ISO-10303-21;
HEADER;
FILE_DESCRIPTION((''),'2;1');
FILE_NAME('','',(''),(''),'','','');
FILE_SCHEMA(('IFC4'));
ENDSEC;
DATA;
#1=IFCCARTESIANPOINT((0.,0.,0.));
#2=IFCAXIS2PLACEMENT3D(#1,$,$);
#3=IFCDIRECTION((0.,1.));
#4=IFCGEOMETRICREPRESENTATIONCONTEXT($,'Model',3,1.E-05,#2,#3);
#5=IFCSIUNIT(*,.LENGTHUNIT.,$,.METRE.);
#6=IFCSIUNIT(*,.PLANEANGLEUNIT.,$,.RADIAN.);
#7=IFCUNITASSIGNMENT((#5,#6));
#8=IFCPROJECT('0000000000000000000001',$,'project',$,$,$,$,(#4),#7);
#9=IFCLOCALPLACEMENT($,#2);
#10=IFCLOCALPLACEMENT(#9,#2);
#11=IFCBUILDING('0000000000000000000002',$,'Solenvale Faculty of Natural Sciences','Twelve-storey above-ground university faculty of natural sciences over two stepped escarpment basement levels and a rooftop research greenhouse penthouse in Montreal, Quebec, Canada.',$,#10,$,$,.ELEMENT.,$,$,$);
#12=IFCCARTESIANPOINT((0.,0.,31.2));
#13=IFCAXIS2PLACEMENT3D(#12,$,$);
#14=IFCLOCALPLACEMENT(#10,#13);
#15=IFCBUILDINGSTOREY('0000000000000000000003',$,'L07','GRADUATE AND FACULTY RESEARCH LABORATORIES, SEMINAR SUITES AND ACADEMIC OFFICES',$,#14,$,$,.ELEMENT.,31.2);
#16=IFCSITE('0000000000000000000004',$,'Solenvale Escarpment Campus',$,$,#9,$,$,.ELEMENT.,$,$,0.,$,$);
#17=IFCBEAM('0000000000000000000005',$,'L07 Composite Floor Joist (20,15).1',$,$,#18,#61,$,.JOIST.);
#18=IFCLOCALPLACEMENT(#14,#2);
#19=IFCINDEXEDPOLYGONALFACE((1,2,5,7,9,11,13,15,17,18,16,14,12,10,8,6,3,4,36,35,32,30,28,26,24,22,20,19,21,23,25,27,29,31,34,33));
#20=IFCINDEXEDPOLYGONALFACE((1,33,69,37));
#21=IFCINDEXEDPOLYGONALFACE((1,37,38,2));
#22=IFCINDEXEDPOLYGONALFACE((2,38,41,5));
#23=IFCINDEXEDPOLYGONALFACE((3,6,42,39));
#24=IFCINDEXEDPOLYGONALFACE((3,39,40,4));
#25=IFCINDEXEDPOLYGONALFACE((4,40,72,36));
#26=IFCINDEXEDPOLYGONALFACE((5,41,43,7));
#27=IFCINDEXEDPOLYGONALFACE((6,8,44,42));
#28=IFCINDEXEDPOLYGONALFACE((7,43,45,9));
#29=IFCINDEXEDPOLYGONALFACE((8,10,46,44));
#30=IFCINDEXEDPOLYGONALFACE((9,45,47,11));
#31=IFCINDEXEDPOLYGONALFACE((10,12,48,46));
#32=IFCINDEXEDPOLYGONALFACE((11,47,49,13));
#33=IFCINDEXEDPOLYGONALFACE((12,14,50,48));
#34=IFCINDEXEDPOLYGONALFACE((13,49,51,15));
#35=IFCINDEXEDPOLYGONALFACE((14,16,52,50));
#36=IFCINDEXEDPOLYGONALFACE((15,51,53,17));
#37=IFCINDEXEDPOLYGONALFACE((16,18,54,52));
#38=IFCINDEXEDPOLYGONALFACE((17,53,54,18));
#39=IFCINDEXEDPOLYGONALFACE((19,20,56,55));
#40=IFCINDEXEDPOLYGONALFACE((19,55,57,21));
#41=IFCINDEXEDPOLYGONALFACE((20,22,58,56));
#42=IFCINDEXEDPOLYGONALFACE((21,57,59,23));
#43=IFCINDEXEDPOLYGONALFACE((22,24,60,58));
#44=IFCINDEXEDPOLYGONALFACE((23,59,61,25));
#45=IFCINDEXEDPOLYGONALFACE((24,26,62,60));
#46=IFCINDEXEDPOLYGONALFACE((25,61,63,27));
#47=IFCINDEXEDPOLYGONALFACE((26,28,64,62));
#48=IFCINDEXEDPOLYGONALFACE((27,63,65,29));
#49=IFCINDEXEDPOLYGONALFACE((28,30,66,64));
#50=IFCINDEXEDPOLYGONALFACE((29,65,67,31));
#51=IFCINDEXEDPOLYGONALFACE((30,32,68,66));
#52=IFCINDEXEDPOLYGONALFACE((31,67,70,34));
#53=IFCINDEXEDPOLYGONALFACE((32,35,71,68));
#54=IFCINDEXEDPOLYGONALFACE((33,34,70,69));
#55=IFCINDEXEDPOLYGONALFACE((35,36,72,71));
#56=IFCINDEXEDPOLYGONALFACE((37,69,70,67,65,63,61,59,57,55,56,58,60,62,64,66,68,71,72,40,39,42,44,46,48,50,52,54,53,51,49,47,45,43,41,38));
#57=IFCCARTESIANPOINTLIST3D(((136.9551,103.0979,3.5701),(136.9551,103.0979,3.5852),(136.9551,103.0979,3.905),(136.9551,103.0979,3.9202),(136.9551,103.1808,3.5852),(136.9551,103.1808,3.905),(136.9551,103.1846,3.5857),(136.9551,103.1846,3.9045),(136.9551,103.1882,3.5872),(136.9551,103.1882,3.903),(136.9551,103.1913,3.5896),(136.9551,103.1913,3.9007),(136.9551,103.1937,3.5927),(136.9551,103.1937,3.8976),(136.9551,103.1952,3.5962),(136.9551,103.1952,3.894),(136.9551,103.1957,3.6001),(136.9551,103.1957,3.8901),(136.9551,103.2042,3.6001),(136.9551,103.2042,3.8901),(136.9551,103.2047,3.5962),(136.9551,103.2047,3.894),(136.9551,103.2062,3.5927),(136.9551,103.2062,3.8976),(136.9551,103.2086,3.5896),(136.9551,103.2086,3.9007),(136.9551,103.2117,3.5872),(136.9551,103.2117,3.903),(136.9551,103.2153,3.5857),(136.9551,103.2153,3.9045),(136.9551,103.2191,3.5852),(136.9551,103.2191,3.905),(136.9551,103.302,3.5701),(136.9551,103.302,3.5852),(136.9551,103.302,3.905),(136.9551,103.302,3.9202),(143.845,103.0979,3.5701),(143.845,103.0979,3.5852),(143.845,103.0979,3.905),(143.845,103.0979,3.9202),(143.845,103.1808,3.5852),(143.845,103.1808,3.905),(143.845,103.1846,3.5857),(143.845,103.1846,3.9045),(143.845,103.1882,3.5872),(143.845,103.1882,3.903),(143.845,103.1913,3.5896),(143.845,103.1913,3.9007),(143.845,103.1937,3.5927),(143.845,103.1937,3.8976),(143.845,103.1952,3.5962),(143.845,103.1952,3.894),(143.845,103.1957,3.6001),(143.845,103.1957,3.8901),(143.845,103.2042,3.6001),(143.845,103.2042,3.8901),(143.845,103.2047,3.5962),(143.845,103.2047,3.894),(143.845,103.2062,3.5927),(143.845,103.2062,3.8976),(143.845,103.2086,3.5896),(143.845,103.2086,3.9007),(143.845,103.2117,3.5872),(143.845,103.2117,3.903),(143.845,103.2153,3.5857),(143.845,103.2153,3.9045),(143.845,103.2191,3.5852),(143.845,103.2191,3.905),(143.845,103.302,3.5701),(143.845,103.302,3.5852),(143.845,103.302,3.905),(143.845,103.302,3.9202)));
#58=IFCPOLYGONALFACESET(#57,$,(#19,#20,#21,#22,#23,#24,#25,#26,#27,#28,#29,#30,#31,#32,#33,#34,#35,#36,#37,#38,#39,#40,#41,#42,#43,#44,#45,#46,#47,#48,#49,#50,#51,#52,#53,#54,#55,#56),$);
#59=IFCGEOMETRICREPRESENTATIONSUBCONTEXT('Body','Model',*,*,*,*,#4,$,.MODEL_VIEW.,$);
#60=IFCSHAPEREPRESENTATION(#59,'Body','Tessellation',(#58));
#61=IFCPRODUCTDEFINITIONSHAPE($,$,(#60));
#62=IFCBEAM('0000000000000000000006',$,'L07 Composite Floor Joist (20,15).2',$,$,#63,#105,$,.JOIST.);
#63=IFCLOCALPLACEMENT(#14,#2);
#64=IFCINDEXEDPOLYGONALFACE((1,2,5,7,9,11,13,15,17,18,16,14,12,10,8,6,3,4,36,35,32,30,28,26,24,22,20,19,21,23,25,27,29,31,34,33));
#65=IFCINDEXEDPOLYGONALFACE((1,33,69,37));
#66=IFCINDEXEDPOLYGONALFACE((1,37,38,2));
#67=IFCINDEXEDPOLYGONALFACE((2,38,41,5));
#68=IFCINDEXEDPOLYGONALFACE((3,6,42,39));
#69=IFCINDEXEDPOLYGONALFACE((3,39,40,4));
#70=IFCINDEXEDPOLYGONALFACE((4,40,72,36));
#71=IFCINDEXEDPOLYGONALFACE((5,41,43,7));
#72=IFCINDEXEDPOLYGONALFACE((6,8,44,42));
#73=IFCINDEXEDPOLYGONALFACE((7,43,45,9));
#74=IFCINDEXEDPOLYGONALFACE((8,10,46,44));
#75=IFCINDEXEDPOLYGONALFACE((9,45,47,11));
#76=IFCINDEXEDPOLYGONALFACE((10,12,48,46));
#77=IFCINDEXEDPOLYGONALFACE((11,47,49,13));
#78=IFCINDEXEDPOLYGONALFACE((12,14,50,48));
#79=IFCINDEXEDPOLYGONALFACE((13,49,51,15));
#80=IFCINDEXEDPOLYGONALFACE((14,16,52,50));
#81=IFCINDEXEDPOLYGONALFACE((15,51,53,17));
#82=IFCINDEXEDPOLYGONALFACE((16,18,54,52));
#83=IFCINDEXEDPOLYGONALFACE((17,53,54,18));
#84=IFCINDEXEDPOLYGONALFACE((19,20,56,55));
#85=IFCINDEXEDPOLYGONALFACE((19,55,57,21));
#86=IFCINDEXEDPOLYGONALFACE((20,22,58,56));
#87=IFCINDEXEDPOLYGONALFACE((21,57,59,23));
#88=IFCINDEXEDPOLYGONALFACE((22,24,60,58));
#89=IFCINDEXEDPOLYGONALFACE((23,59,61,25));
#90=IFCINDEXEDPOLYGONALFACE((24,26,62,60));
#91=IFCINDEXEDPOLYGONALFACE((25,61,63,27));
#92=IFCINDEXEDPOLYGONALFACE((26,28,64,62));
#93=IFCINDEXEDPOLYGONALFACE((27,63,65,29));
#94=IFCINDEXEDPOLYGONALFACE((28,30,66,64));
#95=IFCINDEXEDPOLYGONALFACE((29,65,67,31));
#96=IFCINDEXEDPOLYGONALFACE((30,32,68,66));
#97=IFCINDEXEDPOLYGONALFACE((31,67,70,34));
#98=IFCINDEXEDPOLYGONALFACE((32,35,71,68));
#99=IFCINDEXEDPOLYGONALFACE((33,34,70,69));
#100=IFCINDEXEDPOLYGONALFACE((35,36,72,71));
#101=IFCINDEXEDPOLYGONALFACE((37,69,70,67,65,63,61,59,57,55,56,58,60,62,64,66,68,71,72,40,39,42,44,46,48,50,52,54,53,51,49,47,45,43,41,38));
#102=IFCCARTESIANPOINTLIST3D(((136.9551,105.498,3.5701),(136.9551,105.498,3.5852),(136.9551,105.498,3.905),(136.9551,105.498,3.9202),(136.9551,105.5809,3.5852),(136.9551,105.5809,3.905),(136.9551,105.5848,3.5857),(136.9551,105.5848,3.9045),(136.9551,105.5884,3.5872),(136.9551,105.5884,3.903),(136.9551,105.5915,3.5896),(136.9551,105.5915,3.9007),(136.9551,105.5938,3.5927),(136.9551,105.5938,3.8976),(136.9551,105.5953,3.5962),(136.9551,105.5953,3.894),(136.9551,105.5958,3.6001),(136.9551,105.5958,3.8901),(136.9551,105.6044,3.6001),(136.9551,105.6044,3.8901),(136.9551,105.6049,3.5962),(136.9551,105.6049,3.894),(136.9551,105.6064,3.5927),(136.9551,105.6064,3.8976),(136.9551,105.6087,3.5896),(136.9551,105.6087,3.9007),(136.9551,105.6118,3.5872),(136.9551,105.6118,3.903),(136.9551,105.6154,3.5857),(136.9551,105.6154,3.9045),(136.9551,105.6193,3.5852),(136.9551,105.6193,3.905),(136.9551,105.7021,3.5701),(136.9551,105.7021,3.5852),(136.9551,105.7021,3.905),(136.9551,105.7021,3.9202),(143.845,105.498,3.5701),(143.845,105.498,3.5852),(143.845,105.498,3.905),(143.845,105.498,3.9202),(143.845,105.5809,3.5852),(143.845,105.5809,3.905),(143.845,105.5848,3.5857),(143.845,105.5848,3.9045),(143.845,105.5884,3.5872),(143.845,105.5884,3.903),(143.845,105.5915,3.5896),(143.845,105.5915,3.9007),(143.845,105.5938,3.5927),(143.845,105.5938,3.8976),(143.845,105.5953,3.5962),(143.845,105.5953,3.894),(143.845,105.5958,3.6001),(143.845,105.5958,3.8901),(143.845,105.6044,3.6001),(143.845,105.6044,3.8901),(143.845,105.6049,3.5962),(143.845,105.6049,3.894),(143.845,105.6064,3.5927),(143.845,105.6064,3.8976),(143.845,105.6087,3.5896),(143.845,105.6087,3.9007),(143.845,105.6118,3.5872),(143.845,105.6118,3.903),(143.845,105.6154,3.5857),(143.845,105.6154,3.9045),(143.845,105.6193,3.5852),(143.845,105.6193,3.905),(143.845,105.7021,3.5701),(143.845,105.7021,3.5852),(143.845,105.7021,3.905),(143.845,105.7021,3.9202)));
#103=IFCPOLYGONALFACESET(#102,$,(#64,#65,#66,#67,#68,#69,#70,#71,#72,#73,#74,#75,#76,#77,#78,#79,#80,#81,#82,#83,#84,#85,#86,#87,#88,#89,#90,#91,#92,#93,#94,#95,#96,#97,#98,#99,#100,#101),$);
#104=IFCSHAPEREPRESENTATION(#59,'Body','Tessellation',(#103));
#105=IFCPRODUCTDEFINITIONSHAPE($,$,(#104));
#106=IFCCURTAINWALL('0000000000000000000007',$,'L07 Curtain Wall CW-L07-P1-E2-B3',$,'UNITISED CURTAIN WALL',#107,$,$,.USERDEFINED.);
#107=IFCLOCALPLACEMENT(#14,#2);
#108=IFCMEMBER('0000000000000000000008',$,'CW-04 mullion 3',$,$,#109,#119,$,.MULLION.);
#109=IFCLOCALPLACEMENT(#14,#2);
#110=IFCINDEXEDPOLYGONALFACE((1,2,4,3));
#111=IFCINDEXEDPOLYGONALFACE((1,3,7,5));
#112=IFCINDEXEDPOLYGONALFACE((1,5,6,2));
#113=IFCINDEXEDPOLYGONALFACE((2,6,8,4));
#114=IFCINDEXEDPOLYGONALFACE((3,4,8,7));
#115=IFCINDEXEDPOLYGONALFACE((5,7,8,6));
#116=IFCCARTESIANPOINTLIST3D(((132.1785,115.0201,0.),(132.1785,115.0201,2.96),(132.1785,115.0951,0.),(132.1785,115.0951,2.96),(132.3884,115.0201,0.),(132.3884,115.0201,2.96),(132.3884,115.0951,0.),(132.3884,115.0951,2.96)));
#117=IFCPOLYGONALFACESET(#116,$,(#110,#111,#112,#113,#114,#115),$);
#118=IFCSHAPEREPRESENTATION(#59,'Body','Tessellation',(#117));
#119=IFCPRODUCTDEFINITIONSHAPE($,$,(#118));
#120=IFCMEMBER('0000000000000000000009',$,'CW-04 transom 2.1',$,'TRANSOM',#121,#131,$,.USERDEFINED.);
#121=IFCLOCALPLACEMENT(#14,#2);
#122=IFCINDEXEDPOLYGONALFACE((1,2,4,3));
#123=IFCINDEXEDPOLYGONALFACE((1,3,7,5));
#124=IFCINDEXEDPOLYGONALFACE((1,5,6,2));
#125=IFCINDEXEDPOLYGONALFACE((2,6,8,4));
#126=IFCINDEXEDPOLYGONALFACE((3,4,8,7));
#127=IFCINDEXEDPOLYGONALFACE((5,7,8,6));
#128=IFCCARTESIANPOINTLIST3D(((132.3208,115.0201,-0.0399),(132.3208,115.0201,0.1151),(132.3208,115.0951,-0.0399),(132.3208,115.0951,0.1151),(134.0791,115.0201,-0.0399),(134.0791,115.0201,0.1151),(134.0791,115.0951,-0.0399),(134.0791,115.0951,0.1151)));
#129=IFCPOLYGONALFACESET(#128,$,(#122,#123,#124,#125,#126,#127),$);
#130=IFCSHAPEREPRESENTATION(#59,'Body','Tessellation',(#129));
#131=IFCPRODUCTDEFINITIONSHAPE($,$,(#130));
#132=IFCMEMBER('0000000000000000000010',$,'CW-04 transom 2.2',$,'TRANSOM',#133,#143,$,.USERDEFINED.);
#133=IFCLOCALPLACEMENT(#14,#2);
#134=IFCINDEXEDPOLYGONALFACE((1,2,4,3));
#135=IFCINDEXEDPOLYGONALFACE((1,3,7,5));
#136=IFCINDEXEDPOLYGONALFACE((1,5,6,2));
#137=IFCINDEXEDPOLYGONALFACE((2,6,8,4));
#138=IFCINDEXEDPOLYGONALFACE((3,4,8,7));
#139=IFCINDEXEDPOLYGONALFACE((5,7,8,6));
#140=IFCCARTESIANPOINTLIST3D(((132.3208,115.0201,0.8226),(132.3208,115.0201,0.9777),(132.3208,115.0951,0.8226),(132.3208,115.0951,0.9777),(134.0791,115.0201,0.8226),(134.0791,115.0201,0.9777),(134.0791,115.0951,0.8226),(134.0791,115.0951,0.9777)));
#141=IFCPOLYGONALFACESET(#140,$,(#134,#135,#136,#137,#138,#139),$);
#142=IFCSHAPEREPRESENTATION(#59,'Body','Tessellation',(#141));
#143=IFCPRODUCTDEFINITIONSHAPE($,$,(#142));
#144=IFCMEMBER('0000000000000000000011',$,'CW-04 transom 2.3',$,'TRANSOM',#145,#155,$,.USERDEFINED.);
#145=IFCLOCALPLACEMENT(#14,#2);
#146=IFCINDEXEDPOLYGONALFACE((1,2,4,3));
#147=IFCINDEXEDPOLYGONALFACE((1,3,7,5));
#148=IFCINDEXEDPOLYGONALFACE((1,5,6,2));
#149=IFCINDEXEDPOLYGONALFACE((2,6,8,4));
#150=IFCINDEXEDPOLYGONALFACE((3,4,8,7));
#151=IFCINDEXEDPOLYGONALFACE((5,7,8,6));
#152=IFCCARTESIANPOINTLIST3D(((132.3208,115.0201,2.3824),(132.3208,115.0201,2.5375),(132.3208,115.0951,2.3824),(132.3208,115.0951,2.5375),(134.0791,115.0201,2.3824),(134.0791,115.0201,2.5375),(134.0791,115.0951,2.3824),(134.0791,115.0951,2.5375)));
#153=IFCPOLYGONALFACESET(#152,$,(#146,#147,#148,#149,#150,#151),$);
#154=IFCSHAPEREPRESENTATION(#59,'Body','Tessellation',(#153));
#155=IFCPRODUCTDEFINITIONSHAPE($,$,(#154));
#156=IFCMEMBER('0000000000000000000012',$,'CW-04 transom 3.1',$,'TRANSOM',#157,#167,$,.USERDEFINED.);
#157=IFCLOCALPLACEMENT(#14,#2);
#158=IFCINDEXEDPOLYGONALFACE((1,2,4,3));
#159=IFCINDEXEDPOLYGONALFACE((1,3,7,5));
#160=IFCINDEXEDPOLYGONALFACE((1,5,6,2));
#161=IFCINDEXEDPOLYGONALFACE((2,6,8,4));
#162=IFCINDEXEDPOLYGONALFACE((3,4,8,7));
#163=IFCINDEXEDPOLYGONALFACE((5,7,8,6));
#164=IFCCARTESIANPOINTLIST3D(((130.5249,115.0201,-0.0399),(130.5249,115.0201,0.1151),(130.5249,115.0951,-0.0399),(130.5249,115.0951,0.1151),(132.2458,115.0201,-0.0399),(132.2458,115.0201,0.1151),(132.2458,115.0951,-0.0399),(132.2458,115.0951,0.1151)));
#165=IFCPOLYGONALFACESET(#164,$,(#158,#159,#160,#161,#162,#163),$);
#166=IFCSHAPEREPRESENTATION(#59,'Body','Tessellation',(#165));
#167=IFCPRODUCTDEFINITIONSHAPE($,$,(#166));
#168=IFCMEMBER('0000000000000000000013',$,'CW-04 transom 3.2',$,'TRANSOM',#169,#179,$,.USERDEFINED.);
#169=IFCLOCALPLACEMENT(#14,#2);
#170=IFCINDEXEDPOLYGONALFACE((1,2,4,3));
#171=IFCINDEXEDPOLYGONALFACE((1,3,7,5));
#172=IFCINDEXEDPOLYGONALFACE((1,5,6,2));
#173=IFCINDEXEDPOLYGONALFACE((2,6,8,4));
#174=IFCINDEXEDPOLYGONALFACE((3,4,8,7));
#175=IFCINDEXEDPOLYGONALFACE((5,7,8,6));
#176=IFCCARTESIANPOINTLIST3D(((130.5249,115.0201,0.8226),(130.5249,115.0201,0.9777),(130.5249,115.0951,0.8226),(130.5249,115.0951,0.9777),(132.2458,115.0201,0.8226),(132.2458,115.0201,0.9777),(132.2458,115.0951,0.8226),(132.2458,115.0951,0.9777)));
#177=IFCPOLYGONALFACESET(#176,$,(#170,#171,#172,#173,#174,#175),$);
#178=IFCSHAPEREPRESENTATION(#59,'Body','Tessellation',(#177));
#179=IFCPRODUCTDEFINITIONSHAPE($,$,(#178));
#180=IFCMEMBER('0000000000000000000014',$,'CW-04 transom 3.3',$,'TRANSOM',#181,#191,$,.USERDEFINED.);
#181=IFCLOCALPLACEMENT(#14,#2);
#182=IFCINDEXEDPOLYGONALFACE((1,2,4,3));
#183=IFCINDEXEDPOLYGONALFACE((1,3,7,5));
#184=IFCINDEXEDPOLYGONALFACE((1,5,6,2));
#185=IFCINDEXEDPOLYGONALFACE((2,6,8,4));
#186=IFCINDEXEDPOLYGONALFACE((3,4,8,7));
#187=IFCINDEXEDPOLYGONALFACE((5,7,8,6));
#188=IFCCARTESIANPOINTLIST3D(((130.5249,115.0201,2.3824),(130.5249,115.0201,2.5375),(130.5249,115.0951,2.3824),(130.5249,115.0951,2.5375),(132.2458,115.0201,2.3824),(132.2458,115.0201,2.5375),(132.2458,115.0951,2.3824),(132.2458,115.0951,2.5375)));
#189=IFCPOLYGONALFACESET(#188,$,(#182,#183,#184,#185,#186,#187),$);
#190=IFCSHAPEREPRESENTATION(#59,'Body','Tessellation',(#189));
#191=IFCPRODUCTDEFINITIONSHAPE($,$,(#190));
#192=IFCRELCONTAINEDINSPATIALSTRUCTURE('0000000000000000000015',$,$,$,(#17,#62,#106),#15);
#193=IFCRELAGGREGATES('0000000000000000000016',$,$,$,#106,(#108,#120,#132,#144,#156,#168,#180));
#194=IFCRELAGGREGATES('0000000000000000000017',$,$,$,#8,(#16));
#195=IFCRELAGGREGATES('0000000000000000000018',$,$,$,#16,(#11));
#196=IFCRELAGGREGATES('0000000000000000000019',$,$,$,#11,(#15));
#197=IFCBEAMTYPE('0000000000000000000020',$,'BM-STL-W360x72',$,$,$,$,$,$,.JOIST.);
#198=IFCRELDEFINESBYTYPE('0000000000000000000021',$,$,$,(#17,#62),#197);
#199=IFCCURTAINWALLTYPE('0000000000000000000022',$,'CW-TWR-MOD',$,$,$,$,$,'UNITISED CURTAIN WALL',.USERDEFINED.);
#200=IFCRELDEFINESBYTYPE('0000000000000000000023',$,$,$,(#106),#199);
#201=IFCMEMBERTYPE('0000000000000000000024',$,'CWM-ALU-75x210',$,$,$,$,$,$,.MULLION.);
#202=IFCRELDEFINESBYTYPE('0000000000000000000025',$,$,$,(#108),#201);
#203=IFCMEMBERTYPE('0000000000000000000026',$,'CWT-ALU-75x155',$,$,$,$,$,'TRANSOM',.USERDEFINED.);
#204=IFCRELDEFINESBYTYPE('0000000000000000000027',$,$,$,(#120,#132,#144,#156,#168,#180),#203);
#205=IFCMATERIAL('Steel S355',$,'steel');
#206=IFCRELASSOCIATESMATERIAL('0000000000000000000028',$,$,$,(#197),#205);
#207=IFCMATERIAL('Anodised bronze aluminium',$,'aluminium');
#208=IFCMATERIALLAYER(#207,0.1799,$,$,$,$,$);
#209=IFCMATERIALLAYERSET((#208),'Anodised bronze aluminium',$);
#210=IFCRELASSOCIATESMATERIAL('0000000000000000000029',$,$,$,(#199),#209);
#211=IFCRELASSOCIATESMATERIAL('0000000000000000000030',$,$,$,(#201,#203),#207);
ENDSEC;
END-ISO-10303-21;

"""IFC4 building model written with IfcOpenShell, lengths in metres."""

from ifc_helpers import new_model, si_unit, direction, frame, origin, origin_2d, place, context, subcontext, project, spatial, rectangle, i_section, extrude, material, layer, layer_set, material_profile, profile_set, type_object, element, aggregate, save


model = new_model("IFC4")

# Units and contexts
model_context = context("Model", 3, precision=1e-05, world=origin(), true_north=direction((0.0, 1.0)))
body_context = subcontext(model_context, "Body", "Model", "MODEL_VIEW")
ifc_project = project(units=[si_unit("LENGTHUNIT", "METRE"), si_unit("PLANEANGLEUNIT", "RADIAN")], contexts=[model_context])

# Site, building, storey
site_placement = place(None, origin())
site = spatial("IfcSite", under=ifc_project, at=site_placement, Name="Solenvale Escarpment Campus", CompositionType="ELEMENT", RefElevation=0.0)
building_placement = place(site_placement, origin())
building = spatial("IfcBuilding", under=site, at=building_placement, Name="Solenvale Faculty of Natural Sciences", Description="Twelve-storey above-ground university faculty of natural sciences over two stepped escarpment basement levels and a rooftop research greenhouse penthouse in Montreal, Quebec, Canada.", CompositionType="ELEMENT")
storey_placement = place(building_placement, frame((0.0, 0.0, 31.2)))
storey = spatial("IfcBuildingStorey", under=building, at=storey_placement, Name="L07", Description="GRADUATE AND FACULTY RESEARCH LABORATORIES, SEMINAR SUITES AND ACADEMIC OFFICES", CompositionType="ELEMENT", Elevation=31.2)

# Beams
ifc_material_1 = material(Name="Steel S355", Category="steel")
ifc_material_profile_1 = material_profile(ifc_material_1, i_section(OverallWidth=0.2041, OverallDepth=0.3501, WebThickness=0.0085, FlangeThickness=0.0151, FilletRadius=0.0149, at=origin_2d()), Name="W360x72")
ifc_profile_set_1 = profile_set([ifc_material_profile_1], Name="Steel S355")
beam_type_1 = type_object("IfcBeamType", Name="BM-STL-W360x72", PredefinedType="JOIST", material=ifc_profile_set_1)
for number, where, z_axis, x_axis, name in (
    (1, (136.9551, 103.2, 3.7451), (1.0, 0.0, 0.0), (0.0, 1.0, 0.0), "L07 Composite Floor Joist (20,15).1"),
    (2, (136.9551, 105.6001, 3.7451), (1.0, 0.0, 0.0), (0.0, 1.0, 0.0), "L07 Composite Floor Joist (20,15).2"),
):
    element("IfcBeam", number, at=place(storey_placement, frame(where, z_axis=z_axis, x_axis=x_axis)), inside=storey, type_object=beam_type_1, Name=name, PredefinedType="JOIST", context=body_context, shape_type="SweptSolid", body=[
        extrude(i_section(OverallWidth=0.2041, OverallDepth=0.3501, WebThickness=0.0085, FlangeThickness=0.0151, FilletRadius=0.0149, at=origin_2d()), origin(), (0.0, 0.0, 1.0), 6.8899),
    ])

# Curtain wall, members
ifc_material_2 = material(Name="Anodised bronze aluminium", Category="aluminium")
ifc_layer_1 = layer(ifc_material_2, 0.1799)
ifc_layer_set_1 = layer_set([ifc_layer_1], Name="Anodised bronze aluminium")
curtain_wall_type = type_object("IfcCurtainWallType", Name="CW-TWR-MOD", ElementType="UNITISED CURTAIN WALL", PredefinedType="USERDEFINED", material=ifc_layer_set_1)
curtain_wall_placement = place(storey_placement, origin())
curtain_wall = element("IfcCurtainWall", 3, at=curtain_wall_placement, inside=storey, type_object=curtain_wall_type, Name="L07 Curtain Wall CW-L07-P1-E2-B3", ObjectType="UNITISED CURTAIN WALL", PredefinedType="USERDEFINED")
ifc_material_profile_2 = material_profile(ifc_material_2, rectangle(XDim=0.075, YDim=0.21, at=origin_2d()), Name="ALU-MUL-75x210")
ifc_profile_set_2 = profile_set([ifc_material_profile_2], Name="Anodised bronze aluminium")
member_type_1 = type_object("IfcMemberType", Name="CWM-ALU-75x210", PredefinedType="MULLION", material=ifc_profile_set_2)
member_1_placement = place(storey_placement, frame((132.2834, 115.0576, 0.0), z_axis=(0.0, 0.0, 1.0), x_axis=(0.0, -1.0, 0.0)))
member_1 = element("IfcMember", 4, at=member_1_placement, type_object=member_type_1, Name="CW-04 mullion 3", PredefinedType="MULLION", context=body_context, shape_type="SweptSolid", body=[
    extrude(rectangle(XDim=0.075, YDim=0.21, at=origin_2d()), origin(), (0.0, 0.0, 1.0), 2.96),
])
ifc_material_profile_3 = material_profile(ifc_material_2, rectangle(XDim=0.075, YDim=0.155, at=origin_2d()), Name="ALU-TRN-75x155")
ifc_profile_set_3 = profile_set([ifc_material_profile_3], Name="Anodised bronze aluminium")
member_type_2 = type_object("IfcMemberType", Name="CWT-ALU-75x155", ElementType="TRANSOM", PredefinedType="USERDEFINED", material=ifc_profile_set_3)
member_2_placement = place(storey_placement, frame((134.0791, 115.0576, 0.0376), z_axis=(-1.0, 0.0, 0.0), x_axis=(0.0, -1.0, 0.0)))
member_2 = element("IfcMember", 5, at=member_2_placement, type_object=member_type_2, Name="CW-04 transom 2.1", ObjectType="TRANSOM", PredefinedType="USERDEFINED", context=body_context, shape_type="SweptSolid", body=[
    extrude(rectangle(XDim=0.075, YDim=0.155, at=origin_2d()), origin(), (0.0, 0.0, 1.0), 1.7583),
])
member_3_placement = place(storey_placement, frame((134.0791, 115.0576, 0.9001), z_axis=(-1.0, 0.0, 0.0), x_axis=(0.0, -1.0, 0.0)))
member_3 = element("IfcMember", 6, at=member_3_placement, type_object=member_type_2, Name="CW-04 transom 2.2", ObjectType="TRANSOM", PredefinedType="USERDEFINED", context=body_context, shape_type="SweptSolid", body=[
    extrude(rectangle(XDim=0.075, YDim=0.155, at=origin_2d()), origin(), (0.0, 0.0, 1.0), 1.7583),
])
member_4_placement = place(storey_placement, frame((134.0791, 115.0576, 2.46), z_axis=(-1.0, 0.0, 0.0), x_axis=(0.0, -1.0, 0.0)))
member_4 = element("IfcMember", 7, at=member_4_placement, type_object=member_type_2, Name="CW-04 transom 2.3", ObjectType="TRANSOM", PredefinedType="USERDEFINED", context=body_context, shape_type="SweptSolid", body=[
    extrude(rectangle(XDim=0.075, YDim=0.155, at=origin_2d()), origin(), (0.0, 0.0, 1.0), 1.7583),
])
member_5_placement = place(storey_placement, frame((132.2458, 115.0576, 0.0376), z_axis=(-1.0, 0.0, 0.0), x_axis=(0.0, -1.0, 0.0)))
member_5 = element("IfcMember", 8, at=member_5_placement, type_object=member_type_2, Name="CW-04 transom 3.1", ObjectType="TRANSOM", PredefinedType="USERDEFINED", context=body_context, shape_type="SweptSolid", body=[
    extrude(rectangle(XDim=0.075, YDim=0.155, at=origin_2d()), origin(), (0.0, 0.0, 1.0), 1.7209),
])
member_6_placement = place(storey_placement, frame((132.2458, 115.0576, 0.9001), z_axis=(-1.0, 0.0, 0.0), x_axis=(0.0, -1.0, 0.0)))
member_6 = element("IfcMember", 9, at=member_6_placement, type_object=member_type_2, Name="CW-04 transom 3.2", ObjectType="TRANSOM", PredefinedType="USERDEFINED", context=body_context, shape_type="SweptSolid", body=[
    extrude(rectangle(XDim=0.075, YDim=0.155, at=origin_2d()), origin(), (0.0, 0.0, 1.0), 1.7209),
])
member_7_placement = place(storey_placement, frame((132.2458, 115.0576, 2.46), z_axis=(-1.0, 0.0, 0.0), x_axis=(0.0, -1.0, 0.0)))
member_7 = element("IfcMember", 10, at=member_7_placement, type_object=member_type_2, Name="CW-04 transom 3.3", ObjectType="TRANSOM", PredefinedType="USERDEFINED", context=body_context, shape_type="SweptSolid", body=[
    extrude(rectangle(XDim=0.075, YDim=0.155, at=origin_2d()), origin(), (0.0, 0.0, 1.0), 1.7209),
])
aggregate(curtain_wall, [member_1, member_2, member_3, member_4, member_5, member_6, member_7])

save(model, "model.ifc")
